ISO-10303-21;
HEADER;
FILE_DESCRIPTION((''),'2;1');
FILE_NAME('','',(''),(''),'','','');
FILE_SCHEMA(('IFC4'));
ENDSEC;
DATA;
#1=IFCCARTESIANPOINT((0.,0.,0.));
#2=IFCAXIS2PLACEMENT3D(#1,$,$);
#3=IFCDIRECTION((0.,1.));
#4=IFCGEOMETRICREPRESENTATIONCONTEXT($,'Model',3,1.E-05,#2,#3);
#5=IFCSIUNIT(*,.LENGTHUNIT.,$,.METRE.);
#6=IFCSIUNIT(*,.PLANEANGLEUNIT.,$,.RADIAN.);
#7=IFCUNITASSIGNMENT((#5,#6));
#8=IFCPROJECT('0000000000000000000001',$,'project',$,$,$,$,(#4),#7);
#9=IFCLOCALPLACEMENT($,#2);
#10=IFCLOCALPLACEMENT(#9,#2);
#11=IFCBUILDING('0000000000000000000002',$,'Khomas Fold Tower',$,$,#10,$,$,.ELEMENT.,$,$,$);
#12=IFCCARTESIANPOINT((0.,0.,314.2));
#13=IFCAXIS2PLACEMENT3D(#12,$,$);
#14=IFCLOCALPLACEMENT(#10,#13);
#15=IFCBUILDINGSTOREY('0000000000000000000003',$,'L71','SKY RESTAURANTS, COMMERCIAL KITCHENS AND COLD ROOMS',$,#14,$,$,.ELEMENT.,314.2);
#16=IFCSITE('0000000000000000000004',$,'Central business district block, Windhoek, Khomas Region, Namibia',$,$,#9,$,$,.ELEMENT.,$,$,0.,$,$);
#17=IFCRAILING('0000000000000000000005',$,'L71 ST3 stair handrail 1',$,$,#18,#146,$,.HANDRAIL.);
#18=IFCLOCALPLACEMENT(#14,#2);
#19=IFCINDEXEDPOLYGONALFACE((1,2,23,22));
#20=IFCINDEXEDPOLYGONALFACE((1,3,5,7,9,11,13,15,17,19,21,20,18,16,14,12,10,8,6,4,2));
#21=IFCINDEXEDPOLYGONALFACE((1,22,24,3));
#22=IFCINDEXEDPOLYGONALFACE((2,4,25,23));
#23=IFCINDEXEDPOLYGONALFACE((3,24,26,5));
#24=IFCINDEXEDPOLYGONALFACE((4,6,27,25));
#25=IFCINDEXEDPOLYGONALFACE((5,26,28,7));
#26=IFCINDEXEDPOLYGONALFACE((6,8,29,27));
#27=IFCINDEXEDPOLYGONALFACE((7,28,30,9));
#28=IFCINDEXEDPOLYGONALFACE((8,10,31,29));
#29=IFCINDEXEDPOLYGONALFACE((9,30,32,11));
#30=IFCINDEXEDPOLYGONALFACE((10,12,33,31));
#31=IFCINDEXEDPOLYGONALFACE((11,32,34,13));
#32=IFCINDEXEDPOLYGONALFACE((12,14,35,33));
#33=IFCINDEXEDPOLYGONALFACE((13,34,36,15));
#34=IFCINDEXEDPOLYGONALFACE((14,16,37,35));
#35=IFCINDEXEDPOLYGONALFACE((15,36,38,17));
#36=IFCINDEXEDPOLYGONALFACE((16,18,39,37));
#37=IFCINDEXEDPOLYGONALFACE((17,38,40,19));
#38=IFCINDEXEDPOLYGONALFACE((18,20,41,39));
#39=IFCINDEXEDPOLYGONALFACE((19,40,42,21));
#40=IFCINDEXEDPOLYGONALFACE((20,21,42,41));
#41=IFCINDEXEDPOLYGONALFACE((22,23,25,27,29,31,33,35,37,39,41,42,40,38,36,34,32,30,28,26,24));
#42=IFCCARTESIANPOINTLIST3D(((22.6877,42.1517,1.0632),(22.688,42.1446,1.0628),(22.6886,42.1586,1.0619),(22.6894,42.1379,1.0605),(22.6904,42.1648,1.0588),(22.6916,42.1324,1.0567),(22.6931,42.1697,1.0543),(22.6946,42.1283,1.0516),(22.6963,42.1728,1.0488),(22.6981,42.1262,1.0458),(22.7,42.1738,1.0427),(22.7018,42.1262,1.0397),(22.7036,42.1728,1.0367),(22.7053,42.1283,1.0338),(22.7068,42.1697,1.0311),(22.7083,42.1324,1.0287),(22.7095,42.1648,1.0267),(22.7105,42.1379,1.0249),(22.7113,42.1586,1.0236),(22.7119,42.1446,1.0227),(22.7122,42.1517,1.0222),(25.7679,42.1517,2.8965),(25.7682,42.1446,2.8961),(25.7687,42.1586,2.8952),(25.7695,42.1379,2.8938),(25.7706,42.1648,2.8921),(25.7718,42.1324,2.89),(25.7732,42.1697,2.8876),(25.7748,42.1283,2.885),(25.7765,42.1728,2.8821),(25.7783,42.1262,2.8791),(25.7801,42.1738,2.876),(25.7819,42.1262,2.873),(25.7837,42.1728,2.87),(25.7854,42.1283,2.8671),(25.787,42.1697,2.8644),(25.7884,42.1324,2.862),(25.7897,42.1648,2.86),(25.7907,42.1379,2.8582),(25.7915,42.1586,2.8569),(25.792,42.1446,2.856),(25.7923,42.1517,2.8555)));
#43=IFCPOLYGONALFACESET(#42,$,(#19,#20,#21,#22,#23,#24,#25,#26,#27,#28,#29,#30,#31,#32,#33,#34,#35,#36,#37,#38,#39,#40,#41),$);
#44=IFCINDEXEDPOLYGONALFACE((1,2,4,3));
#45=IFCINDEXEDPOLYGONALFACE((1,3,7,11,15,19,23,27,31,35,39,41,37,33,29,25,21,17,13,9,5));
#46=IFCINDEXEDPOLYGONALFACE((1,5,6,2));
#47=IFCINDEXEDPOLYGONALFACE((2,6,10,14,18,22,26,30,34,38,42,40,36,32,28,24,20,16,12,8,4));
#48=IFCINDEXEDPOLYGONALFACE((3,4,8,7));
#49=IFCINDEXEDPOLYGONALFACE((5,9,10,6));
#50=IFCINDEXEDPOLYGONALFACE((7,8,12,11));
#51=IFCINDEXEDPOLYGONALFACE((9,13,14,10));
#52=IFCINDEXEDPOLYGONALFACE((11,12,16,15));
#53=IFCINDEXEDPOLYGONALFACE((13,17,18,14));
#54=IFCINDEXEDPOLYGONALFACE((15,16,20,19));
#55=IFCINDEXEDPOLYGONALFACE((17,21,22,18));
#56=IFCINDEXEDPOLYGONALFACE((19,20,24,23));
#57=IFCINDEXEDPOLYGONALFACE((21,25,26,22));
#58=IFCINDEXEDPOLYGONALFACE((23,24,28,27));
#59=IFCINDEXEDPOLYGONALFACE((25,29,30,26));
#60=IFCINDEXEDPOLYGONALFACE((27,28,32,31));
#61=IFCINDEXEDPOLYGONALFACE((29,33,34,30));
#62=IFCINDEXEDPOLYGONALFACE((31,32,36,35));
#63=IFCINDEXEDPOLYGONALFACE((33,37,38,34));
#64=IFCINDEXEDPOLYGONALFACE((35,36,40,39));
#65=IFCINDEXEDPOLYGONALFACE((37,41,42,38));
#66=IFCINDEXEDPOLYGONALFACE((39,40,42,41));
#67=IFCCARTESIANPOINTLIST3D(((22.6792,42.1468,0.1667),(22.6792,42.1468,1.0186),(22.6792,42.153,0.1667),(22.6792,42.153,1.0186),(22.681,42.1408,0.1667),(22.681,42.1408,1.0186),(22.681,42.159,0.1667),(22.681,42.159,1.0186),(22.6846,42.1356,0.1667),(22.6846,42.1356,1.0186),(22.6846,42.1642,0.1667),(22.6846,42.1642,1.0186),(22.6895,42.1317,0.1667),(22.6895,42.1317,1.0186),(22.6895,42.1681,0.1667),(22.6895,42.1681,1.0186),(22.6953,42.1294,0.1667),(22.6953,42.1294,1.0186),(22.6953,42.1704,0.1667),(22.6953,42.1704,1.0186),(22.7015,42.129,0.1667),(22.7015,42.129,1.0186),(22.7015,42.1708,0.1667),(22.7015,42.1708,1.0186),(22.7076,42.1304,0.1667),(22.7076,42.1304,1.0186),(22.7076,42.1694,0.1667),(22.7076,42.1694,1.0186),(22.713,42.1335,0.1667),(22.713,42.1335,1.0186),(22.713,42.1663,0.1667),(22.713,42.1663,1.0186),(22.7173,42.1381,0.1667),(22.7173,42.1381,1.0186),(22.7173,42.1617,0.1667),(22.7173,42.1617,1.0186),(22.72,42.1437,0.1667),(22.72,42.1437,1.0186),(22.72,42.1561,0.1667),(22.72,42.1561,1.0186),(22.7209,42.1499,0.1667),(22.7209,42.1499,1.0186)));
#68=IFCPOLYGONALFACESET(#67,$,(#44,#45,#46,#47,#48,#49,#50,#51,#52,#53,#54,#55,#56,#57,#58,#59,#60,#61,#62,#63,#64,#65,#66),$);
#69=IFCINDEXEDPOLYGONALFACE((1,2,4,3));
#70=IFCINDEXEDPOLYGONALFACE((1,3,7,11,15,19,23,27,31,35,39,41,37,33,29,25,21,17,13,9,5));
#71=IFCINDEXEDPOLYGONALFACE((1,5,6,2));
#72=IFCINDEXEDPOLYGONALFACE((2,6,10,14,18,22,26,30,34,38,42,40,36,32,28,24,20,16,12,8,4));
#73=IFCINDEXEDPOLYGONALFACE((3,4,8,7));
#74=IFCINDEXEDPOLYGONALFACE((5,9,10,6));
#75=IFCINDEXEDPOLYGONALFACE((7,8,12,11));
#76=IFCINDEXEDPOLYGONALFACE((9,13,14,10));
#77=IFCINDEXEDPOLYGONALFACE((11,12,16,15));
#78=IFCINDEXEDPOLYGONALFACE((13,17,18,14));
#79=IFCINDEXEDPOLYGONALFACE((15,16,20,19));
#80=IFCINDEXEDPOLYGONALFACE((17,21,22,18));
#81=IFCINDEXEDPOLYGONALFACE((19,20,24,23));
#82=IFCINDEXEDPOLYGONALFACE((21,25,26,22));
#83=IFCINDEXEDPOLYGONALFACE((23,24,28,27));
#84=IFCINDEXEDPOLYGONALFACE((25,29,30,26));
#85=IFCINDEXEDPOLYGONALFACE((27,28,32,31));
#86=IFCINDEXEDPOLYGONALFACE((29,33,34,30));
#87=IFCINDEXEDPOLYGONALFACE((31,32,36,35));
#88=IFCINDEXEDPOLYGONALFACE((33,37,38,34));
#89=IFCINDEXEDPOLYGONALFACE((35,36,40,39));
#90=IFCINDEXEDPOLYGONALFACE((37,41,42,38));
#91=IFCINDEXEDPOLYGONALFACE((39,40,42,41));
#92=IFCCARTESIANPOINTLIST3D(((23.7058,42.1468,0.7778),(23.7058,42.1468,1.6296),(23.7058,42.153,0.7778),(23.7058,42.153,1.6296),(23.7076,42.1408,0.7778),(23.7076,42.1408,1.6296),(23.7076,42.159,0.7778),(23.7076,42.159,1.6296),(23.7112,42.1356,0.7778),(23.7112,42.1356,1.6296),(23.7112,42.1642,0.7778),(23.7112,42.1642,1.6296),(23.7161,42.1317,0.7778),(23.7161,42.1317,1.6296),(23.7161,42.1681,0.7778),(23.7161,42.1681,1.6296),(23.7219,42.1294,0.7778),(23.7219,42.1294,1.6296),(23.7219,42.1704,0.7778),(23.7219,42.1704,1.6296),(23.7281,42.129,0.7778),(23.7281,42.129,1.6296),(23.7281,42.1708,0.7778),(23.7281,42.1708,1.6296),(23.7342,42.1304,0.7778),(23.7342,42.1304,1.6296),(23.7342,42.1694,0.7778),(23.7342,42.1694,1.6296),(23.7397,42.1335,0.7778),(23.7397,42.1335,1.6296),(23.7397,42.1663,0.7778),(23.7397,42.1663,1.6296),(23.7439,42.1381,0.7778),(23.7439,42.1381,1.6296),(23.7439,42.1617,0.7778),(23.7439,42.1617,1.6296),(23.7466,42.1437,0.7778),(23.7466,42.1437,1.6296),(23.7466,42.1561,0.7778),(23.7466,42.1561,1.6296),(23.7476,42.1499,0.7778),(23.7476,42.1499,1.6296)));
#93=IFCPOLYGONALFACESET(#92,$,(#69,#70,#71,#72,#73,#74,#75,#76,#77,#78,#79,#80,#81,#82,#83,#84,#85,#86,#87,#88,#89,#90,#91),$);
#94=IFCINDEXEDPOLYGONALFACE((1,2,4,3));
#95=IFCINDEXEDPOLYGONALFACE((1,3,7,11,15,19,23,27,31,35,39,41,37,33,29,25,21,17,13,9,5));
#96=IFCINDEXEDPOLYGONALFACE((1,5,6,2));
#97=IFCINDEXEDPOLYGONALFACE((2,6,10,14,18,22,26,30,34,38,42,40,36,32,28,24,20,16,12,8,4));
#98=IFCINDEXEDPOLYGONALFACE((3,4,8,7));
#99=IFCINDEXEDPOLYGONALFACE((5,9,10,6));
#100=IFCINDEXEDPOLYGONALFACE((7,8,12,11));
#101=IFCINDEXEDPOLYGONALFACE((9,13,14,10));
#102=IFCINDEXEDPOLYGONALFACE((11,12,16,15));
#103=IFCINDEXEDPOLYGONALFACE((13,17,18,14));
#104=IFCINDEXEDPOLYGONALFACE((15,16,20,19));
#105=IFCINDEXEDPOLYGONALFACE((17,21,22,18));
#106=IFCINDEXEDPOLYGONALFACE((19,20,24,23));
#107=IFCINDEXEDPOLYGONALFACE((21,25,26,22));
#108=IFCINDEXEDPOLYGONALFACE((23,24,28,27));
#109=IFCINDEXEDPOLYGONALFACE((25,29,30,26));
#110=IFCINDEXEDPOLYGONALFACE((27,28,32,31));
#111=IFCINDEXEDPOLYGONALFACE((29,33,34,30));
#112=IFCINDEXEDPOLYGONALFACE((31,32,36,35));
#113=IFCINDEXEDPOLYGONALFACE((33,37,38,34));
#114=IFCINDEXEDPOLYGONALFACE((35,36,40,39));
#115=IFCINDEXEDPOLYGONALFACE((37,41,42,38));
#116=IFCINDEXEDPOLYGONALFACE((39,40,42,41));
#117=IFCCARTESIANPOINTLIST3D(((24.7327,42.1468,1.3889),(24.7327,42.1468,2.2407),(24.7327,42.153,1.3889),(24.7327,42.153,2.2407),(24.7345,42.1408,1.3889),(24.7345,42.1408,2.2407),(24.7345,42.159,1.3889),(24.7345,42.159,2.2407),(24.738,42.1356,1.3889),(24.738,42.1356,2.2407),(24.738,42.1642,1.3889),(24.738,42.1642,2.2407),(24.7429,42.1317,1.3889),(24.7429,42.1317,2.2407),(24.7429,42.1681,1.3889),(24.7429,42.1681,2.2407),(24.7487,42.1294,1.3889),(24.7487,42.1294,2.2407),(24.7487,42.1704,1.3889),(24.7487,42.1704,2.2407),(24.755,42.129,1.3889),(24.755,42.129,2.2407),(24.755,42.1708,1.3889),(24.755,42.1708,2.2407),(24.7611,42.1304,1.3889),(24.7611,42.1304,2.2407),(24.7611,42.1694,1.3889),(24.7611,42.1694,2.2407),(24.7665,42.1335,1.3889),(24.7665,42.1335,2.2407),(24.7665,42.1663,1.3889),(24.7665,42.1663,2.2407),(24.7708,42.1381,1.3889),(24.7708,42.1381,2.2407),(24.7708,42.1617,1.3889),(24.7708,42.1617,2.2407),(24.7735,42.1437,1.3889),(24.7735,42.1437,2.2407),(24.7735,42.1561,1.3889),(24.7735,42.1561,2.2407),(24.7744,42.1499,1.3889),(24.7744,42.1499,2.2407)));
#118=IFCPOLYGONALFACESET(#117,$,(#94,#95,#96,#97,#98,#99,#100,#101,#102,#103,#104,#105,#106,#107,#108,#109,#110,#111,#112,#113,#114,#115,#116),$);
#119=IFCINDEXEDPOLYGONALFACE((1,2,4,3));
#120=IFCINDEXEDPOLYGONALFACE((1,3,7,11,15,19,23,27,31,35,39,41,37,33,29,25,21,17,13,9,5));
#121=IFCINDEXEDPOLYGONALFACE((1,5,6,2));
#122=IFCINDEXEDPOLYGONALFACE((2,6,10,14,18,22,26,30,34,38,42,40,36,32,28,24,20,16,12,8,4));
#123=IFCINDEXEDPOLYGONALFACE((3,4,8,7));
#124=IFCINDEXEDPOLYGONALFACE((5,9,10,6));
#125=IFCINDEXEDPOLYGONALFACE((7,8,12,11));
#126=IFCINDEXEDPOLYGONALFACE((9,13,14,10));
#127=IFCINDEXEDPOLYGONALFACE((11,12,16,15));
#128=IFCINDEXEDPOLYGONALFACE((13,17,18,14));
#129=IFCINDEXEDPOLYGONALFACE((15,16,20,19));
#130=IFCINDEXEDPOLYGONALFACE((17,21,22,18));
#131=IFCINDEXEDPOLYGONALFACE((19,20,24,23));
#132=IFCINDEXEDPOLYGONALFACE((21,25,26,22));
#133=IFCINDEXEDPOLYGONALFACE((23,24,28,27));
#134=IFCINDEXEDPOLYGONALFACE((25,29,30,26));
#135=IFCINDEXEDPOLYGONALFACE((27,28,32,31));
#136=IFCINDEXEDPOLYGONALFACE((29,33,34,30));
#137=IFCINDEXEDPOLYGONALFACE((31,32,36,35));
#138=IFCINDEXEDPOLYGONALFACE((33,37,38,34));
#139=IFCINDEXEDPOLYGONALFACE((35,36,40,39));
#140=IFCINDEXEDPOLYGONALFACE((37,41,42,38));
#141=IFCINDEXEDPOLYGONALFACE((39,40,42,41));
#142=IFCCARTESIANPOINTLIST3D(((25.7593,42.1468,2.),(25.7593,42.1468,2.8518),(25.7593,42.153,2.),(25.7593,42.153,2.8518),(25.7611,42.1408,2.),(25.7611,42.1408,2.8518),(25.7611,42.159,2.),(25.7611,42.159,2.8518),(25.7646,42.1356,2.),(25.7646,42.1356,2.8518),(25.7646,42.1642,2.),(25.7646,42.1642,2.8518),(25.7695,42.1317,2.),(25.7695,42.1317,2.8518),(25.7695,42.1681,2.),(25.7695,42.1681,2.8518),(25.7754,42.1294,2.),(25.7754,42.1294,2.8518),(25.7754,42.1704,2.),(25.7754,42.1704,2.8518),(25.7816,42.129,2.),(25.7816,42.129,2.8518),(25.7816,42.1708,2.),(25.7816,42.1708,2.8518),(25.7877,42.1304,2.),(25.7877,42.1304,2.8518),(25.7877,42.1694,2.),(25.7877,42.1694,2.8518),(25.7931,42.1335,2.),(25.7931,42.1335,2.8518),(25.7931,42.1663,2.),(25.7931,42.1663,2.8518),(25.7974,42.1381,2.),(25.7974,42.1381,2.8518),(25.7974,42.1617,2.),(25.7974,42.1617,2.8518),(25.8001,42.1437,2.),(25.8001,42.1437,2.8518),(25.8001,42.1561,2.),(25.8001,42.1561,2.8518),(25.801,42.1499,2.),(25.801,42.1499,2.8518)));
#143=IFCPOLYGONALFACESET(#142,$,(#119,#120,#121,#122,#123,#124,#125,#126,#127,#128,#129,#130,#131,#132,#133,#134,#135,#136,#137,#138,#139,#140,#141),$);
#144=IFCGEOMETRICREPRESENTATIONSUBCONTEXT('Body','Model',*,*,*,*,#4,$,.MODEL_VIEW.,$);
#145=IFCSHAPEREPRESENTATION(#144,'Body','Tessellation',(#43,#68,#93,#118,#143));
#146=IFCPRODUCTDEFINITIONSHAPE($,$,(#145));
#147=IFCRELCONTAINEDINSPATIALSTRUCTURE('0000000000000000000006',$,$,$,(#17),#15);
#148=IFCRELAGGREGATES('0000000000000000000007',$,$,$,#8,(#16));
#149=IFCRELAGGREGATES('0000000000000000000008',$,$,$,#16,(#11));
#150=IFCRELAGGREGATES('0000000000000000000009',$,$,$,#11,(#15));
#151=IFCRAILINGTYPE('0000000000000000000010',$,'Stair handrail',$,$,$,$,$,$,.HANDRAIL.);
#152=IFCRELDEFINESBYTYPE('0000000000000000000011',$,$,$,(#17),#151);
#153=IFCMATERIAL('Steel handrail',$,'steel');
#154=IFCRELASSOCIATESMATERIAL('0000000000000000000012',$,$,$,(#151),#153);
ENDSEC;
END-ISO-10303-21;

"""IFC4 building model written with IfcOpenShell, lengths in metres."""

from ifc_helpers import new_model, si_unit, direction, frame, origin, origin_2d, place, context, subcontext, project, spatial, circle, extrude, source, transform, mapped, material, type_object, element, save


model = new_model("IFC4")

# Units and contexts
model_context = context("Model", 3, precision=1e-05, world=origin(), true_north=direction((0.0, 1.0)))
body_context = subcontext(model_context, "Body", "Model", "MODEL_VIEW")
ifc_project = project(units=[si_unit("LENGTHUNIT", "METRE"), si_unit("PLANEANGLEUNIT", "RADIAN")], contexts=[model_context])

# Site, building, storey
site_placement = place(None, origin())
site = spatial("IfcSite", under=ifc_project, at=site_placement, Name="Central business district block, Windhoek, Khomas Region, Namibia", CompositionType="ELEMENT", RefElevation=0.0)
building_placement = place(site_placement, origin())
building = spatial("IfcBuilding", under=site, at=building_placement, Name="Khomas Fold Tower", CompositionType="ELEMENT")
storey_placement = place(building_placement, frame((0.0, 0.0, 314.2)))
storey = spatial("IfcBuildingStorey", under=building, at=storey_placement, Name="L71", Description="SKY RESTAURANTS, COMMERCIAL KITCHENS AND COLD ROOMS", CompositionType="ELEMENT", Elevation=314.2)

# Railing
ifc_material_1 = material(Name="Steel handrail", Category="steel")
railing_type_1 = type_object("IfcRailingType", Name="Stair handrail", PredefinedType="HANDRAIL", material=ifc_material_1)
shared_shape_1 = source(origin(), body_context, "Body", "SweptSolid", [
    extrude(circle(Radius=0.0239, at=origin_2d()), frame((0.0, 0.0, 0.876), z_axis=(0.859309, 0.0, 0.511458), x_axis=(0.0, 1.0, 0.0)), (0.0, 0.0, 1.0), 3.5845),
    extrude(circle(Radius=0.021, at=origin_2d()), origin(), (0.0, 0.0, 1.0), 0.8518),
    extrude(circle(Radius=0.021, at=origin_2d()), frame((1.0266, 0.0, 0.6111)), (0.0, 0.0, 1.0), 0.8518),
    extrude(circle(Radius=0.021, at=origin_2d()), frame((2.0535, 0.0, 1.2222)), (0.0, 0.0, 1.0), 0.8518),
    extrude(circle(Radius=0.021, at=origin_2d()), frame((3.0801, 0.0, 1.8333)), (0.0, 0.0, 1.0), 0.8518),
])
railing_1_placement = place(storey_placement, frame((22.7, 42.1499, 0.1667)))
element("IfcRailing", 1, at=railing_1_placement, inside=storey, type_object=railing_type_1, Name="L71 ST3 stair handrail 1", PredefinedType="HANDRAIL", context=body_context, shape_type="MappedRepresentation", body=[
    mapped(shared_shape_1, transform((0.0, 0.0, 0.0))),
])

save(model, "model.ifc")
